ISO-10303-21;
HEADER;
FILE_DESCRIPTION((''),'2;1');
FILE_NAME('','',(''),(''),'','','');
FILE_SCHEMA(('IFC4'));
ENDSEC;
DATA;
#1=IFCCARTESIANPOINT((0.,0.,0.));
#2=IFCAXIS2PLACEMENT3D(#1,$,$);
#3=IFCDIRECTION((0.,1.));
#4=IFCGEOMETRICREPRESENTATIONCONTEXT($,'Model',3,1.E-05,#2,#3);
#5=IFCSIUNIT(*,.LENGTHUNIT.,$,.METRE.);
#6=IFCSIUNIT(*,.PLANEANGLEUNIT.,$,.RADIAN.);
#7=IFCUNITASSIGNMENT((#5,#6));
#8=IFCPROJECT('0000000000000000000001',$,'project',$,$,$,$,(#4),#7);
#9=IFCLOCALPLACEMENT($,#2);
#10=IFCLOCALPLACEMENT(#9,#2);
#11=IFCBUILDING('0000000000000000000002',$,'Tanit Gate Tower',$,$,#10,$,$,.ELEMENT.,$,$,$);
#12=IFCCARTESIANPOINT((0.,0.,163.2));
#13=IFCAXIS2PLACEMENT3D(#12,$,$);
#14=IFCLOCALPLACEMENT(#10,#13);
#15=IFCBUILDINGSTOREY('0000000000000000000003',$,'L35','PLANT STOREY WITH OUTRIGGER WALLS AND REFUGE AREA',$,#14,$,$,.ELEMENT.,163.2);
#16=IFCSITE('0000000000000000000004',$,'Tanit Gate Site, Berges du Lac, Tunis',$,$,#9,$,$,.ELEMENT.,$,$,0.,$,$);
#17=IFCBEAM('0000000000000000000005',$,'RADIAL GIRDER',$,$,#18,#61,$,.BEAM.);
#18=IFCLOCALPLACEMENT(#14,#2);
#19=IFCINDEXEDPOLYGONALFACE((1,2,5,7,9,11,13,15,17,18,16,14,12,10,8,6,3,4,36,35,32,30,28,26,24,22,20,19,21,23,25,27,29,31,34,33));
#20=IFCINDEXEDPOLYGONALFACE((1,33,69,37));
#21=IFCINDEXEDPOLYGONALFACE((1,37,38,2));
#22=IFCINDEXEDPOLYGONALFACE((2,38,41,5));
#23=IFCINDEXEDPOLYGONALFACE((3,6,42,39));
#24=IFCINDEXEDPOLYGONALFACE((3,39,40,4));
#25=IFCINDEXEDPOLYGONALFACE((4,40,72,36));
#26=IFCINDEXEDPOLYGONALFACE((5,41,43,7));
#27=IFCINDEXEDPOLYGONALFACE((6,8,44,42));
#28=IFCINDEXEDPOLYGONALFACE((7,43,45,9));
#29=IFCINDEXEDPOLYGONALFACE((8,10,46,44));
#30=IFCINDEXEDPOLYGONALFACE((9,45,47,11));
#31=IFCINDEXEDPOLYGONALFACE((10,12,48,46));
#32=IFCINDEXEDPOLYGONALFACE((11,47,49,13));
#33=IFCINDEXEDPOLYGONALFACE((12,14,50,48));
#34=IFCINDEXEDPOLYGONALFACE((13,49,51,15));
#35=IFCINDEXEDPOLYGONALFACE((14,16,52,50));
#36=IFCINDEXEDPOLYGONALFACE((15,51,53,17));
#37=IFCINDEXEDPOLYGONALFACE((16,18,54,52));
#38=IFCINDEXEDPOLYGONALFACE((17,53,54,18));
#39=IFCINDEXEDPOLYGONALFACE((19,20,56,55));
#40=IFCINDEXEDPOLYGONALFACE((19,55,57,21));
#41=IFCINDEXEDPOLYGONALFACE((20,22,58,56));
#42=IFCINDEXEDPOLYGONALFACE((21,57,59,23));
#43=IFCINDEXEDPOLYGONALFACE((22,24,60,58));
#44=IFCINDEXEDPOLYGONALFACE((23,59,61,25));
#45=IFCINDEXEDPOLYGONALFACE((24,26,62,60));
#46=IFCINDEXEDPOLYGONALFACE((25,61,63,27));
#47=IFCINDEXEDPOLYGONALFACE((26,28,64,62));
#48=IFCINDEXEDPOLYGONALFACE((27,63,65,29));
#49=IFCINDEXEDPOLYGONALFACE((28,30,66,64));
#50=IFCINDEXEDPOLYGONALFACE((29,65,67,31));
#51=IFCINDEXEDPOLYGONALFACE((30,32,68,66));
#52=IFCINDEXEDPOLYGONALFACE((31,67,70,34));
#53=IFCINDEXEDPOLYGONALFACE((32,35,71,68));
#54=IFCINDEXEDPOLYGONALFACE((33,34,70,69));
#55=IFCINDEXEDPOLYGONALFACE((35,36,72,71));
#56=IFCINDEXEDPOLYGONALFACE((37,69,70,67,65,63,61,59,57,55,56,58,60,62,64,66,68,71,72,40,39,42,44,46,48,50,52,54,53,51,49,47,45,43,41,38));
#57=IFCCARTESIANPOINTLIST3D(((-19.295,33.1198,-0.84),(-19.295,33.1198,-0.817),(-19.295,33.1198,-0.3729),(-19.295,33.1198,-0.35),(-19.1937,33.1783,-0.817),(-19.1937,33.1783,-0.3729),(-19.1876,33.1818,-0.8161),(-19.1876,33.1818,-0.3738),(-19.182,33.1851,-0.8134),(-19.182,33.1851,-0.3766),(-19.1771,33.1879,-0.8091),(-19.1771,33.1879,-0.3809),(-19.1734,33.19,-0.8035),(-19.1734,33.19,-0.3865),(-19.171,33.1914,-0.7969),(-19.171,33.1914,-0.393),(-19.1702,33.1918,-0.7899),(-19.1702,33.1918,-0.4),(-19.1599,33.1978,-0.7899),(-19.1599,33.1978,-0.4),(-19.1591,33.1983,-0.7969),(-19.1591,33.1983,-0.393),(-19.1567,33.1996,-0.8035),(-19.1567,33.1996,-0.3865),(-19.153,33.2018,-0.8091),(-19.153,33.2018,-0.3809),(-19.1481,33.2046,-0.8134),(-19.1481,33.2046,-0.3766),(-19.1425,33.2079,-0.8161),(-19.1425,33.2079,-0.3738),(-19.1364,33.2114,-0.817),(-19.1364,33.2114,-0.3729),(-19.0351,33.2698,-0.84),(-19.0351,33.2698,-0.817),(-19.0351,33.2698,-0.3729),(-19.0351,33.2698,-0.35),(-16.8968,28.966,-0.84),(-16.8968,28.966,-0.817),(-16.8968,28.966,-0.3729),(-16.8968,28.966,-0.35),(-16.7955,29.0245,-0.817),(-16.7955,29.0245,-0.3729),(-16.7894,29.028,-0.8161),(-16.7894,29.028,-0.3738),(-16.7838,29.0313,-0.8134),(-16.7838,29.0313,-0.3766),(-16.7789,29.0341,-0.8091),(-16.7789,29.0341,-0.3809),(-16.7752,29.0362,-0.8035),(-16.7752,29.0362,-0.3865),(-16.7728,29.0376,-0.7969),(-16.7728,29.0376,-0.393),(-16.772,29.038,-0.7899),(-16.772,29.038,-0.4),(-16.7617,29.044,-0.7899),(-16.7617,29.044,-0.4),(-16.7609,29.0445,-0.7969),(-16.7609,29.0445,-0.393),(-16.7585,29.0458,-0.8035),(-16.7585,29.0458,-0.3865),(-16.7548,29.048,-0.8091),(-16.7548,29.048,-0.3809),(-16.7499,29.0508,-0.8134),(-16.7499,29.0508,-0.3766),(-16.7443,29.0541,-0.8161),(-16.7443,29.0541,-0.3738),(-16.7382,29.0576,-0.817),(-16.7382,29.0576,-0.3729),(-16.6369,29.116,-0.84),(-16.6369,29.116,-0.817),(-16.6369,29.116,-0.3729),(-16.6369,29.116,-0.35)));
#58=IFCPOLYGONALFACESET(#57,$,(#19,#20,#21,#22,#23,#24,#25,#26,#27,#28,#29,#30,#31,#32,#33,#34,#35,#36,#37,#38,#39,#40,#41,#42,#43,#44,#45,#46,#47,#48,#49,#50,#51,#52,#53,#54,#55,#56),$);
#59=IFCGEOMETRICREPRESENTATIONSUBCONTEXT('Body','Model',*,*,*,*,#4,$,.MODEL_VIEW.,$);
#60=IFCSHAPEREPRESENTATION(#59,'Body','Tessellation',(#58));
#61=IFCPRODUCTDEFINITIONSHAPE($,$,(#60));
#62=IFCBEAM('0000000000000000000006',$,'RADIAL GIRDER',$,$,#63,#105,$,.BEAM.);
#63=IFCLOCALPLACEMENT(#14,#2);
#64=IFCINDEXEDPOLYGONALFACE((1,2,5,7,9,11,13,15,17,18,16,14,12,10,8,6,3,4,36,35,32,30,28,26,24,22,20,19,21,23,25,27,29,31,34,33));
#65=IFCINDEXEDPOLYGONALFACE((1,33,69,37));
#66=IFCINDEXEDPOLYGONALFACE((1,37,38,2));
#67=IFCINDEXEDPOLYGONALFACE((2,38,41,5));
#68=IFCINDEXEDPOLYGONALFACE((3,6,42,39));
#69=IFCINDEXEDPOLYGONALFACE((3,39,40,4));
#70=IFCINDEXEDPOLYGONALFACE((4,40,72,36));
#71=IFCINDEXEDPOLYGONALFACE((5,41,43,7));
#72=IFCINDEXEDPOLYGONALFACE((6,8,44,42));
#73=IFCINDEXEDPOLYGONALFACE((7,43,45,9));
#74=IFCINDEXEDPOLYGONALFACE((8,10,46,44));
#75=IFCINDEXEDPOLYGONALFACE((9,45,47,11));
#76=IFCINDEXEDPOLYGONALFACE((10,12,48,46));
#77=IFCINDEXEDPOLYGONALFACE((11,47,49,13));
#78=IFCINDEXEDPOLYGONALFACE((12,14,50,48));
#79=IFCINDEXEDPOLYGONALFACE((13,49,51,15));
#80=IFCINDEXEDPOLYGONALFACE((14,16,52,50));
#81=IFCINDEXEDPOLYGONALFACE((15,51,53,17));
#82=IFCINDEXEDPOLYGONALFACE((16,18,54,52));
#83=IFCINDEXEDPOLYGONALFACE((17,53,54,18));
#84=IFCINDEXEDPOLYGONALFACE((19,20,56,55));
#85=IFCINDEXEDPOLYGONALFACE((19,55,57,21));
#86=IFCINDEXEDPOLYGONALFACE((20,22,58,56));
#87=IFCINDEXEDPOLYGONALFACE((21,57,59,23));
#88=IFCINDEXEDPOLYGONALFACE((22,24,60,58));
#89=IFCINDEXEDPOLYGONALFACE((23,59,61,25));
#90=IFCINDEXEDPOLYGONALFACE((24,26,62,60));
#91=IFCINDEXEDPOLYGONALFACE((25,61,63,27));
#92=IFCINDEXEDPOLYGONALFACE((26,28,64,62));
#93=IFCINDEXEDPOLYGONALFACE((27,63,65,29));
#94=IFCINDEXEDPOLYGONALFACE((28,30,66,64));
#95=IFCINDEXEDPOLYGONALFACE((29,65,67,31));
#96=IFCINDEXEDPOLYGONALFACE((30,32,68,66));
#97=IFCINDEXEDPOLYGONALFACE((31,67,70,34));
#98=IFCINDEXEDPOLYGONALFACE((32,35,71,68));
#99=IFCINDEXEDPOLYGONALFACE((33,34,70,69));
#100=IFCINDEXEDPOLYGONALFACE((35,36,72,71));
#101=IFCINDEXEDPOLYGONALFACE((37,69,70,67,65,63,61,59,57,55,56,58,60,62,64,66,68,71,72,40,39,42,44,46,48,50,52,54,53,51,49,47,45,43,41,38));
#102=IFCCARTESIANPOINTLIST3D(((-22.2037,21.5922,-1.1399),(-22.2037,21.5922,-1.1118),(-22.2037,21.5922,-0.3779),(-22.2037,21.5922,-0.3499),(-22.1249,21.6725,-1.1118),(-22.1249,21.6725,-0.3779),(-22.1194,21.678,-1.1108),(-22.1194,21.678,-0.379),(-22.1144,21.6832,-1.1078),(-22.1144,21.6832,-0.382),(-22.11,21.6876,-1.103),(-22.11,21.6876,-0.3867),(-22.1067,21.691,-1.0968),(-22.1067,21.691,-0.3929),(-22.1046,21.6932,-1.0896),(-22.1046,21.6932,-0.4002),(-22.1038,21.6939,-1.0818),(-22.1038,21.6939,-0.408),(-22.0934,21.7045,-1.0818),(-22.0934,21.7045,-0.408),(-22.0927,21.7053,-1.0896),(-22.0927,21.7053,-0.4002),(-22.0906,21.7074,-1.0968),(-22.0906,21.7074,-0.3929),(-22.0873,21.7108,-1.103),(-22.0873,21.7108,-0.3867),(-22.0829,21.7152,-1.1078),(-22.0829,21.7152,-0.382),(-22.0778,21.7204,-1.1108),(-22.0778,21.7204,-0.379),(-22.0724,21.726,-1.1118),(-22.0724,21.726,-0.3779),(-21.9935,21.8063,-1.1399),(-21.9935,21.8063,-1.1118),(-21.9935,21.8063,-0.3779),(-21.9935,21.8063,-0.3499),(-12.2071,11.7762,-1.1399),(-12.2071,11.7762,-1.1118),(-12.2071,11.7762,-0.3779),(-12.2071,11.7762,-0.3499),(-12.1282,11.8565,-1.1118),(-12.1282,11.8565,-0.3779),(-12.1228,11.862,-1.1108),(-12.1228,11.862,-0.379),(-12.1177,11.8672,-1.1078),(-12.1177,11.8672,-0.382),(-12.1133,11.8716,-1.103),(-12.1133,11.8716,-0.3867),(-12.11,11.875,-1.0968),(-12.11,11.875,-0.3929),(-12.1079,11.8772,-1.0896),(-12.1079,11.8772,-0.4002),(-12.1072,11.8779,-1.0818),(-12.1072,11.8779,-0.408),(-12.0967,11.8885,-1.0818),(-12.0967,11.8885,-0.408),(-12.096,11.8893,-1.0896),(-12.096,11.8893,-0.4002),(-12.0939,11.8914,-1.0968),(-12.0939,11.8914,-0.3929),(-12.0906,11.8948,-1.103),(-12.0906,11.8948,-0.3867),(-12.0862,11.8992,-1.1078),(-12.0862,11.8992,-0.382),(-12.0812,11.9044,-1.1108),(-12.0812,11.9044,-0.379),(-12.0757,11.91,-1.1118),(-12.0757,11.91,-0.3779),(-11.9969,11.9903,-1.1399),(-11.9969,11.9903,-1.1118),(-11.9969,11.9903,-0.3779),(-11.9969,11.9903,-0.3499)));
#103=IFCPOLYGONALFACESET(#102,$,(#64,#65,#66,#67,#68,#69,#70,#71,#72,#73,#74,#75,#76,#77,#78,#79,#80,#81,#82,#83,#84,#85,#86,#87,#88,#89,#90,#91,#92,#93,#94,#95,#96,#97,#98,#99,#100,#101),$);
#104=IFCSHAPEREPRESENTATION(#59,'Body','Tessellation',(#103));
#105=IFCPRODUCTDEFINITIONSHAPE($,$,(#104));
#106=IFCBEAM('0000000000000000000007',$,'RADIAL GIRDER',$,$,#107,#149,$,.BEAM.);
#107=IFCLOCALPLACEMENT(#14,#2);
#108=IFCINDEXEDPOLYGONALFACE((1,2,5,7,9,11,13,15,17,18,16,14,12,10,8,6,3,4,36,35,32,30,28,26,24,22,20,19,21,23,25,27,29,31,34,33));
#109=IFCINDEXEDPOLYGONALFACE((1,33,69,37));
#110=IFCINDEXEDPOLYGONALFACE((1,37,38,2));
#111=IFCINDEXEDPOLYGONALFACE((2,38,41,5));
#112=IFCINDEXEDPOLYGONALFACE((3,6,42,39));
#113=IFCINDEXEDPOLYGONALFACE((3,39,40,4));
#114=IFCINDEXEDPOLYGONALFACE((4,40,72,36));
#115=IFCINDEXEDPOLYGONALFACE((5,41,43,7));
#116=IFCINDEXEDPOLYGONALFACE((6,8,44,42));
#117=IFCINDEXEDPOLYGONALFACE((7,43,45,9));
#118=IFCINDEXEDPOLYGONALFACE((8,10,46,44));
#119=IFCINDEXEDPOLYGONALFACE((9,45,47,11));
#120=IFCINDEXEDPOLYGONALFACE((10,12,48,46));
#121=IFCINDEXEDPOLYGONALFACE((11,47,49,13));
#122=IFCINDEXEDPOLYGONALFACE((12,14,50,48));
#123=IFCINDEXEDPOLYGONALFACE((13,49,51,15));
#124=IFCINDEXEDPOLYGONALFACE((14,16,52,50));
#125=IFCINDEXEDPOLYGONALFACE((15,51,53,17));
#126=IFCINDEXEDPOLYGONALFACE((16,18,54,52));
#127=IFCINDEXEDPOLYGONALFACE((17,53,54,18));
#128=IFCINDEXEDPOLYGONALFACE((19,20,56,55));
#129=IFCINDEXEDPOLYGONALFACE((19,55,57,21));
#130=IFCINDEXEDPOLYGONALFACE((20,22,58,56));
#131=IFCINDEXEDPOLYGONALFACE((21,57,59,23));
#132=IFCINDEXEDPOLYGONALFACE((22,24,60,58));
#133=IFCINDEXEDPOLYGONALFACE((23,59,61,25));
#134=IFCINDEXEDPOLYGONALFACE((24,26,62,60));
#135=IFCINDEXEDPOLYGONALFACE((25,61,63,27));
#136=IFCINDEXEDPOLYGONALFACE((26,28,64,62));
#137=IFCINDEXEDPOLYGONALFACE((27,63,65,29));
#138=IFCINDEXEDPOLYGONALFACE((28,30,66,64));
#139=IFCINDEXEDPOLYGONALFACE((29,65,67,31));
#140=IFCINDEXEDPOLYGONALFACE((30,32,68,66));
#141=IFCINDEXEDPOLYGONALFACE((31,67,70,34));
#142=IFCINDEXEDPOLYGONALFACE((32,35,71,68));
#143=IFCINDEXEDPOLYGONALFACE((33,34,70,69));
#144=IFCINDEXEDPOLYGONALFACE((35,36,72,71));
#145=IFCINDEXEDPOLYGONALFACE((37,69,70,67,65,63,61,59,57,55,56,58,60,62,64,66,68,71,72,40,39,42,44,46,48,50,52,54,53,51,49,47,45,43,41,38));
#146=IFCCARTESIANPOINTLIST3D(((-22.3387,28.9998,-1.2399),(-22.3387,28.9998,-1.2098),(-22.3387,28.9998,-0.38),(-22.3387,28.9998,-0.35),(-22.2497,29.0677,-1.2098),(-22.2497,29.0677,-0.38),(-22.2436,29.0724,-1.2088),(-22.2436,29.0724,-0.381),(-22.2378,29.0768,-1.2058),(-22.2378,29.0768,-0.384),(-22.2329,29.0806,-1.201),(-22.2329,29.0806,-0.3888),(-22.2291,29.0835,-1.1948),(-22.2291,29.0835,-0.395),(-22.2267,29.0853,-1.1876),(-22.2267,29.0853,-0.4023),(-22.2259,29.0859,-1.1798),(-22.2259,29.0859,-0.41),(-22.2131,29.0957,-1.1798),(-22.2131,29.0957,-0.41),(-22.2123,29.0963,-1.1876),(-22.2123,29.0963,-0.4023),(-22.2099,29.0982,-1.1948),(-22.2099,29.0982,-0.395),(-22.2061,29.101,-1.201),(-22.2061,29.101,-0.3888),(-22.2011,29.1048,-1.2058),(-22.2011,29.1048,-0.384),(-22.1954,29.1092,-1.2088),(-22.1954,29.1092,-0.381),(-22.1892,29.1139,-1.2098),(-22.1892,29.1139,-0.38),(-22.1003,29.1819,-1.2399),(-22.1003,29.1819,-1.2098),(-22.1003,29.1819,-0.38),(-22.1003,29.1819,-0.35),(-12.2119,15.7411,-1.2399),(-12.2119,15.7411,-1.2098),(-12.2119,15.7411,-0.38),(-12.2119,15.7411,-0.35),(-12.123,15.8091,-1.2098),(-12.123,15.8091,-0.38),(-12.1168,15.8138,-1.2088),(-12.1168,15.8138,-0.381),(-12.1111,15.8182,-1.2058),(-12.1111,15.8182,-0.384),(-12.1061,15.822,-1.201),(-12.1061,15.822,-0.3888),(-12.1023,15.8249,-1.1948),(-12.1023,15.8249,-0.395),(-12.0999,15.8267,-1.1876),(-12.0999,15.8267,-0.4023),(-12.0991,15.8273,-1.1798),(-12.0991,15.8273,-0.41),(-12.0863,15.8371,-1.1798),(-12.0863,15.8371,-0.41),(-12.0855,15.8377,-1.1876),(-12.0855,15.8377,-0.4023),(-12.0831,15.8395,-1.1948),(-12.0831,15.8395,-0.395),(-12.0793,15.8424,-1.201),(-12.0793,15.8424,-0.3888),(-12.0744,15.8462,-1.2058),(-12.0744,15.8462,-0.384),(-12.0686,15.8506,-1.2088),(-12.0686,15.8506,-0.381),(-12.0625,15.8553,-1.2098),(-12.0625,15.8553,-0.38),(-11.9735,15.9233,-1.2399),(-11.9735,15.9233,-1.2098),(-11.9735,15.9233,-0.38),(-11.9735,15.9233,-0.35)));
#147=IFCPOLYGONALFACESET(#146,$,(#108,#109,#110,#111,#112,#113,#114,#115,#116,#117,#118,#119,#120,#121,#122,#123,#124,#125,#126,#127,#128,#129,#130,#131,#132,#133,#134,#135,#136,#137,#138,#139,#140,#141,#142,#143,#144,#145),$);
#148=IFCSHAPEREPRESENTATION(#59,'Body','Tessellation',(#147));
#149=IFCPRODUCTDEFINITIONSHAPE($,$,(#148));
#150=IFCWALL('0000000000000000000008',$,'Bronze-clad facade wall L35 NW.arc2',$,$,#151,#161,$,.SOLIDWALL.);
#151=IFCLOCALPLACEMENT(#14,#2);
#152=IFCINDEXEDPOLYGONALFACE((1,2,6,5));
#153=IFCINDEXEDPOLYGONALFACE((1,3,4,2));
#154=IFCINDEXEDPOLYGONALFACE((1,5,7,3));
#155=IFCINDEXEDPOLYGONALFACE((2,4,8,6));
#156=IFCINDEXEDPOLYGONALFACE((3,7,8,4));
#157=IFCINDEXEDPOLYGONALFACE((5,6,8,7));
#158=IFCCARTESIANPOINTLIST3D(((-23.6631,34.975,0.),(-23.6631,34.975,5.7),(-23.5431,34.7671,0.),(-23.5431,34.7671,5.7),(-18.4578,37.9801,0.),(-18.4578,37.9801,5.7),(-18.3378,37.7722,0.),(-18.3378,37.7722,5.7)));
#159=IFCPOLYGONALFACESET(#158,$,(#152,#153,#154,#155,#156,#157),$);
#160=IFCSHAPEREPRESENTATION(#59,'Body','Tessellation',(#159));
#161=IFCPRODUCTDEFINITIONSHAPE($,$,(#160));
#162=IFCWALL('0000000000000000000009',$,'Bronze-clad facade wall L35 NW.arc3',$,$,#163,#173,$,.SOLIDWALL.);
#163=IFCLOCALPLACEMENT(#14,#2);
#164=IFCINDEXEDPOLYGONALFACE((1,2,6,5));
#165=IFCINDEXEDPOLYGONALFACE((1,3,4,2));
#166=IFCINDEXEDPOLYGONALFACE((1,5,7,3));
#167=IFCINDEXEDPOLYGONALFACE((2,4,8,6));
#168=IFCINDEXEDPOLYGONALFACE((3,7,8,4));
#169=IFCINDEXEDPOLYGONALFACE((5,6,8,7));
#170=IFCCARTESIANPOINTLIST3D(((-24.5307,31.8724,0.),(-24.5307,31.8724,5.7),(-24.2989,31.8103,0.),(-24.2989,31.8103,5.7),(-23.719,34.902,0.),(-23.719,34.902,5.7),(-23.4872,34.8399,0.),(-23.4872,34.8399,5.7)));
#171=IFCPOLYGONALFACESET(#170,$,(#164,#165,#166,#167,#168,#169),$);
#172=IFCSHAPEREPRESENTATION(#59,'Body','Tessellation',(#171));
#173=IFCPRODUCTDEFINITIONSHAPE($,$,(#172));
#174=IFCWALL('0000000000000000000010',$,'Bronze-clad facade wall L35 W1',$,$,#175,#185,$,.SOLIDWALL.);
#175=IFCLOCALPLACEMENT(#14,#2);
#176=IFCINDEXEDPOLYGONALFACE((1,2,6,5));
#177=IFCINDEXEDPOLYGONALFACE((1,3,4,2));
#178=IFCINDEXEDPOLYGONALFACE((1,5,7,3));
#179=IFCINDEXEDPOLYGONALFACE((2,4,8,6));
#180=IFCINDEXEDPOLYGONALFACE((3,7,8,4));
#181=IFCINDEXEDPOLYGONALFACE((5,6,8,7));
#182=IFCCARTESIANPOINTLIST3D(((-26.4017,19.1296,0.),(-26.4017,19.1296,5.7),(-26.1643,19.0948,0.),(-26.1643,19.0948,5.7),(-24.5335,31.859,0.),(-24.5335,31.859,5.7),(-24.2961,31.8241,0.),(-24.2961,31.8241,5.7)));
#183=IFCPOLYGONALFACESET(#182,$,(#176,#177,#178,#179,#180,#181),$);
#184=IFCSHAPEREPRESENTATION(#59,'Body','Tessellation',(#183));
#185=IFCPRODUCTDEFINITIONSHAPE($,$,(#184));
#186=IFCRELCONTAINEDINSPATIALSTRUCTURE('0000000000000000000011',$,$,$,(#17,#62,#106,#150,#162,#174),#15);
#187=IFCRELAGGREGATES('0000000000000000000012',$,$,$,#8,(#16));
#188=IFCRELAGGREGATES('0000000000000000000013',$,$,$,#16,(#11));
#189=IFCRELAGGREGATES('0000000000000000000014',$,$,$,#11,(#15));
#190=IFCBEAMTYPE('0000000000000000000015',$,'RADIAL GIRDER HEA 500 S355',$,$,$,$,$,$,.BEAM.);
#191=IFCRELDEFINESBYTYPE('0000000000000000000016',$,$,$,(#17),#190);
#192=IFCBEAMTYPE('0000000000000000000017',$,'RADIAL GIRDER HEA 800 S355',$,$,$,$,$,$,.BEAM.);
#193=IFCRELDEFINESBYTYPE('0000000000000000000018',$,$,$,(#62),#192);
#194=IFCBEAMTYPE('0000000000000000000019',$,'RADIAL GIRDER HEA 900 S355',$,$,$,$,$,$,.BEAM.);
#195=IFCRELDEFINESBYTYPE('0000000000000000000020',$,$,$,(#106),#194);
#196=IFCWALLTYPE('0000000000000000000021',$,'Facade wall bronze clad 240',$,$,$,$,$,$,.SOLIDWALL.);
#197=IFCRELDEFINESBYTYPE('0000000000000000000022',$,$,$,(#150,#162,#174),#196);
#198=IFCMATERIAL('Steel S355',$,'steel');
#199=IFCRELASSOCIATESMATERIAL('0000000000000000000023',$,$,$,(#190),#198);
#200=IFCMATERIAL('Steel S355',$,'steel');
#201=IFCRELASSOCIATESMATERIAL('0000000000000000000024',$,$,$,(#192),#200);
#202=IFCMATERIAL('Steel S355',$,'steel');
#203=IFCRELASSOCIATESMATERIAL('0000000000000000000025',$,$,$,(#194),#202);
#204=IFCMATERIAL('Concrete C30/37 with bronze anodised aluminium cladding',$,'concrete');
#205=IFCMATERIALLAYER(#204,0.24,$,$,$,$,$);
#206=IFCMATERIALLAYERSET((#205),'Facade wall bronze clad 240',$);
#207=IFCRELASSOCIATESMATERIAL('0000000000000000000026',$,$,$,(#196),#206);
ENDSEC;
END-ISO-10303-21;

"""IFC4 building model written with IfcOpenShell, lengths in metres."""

from ifc_helpers import new_model, si_unit, direction, frame, frame_2d, origin, origin_2d, place, context, subcontext, project, spatial, rectangle, i_section, extrude, material, layer, layer_set, material_profile, profile_set, type_object, element, save


model = new_model("IFC4")

# Units and contexts
model_context = context("Model", 3, precision=1e-05, world=origin(), true_north=direction((0.0, 1.0)))
body_context = subcontext(model_context, "Body", "Model", "MODEL_VIEW")
ifc_project = project(units=[si_unit("LENGTHUNIT", "METRE"), si_unit("PLANEANGLEUNIT", "RADIAN")], contexts=[model_context])

# Site, building, storey
site_placement = place(None, origin())
site = spatial("IfcSite", under=ifc_project, at=site_placement, Name="Tanit Gate Site, Berges du Lac, Tunis", CompositionType="ELEMENT", RefElevation=0.0)
building_placement = place(site_placement, origin())
building = spatial("IfcBuilding", under=site, at=building_placement, Name="Tanit Gate Tower", CompositionType="ELEMENT")
storey_placement = place(building_placement, frame((0.0, 0.0, 163.2)))
storey = spatial("IfcBuildingStorey", under=building, at=storey_placement, Name="L35", Description="PLANT STOREY WITH OUTRIGGER WALLS AND REFUGE AREA", CompositionType="ELEMENT", Elevation=163.2)

# Beams
ifc_material_1 = material(Name="Steel S355", Category="steel")
ifc_material_profile_1 = material_profile(ifc_material_1, i_section(OverallWidth=0.3, OverallDepth=0.49, WebThickness=0.012, FlangeThickness=0.0229, FilletRadius=0.0271, at=origin_2d()), Name="HEA 500")
ifc_profile_set_1 = profile_set([ifc_material_profile_1], Name="Steel S355")
beam_type_1 = type_object("IfcBeamType", Name="RADIAL GIRDER HEA 500 S355", PredefinedType="BEAM", material=ifc_profile_set_1)
beam_1_placement = place(storey_placement, frame((-19.165, 33.1948, -0.595), z_axis=(0.499999, -0.866026, 0.0), x_axis=(0.866026, 0.499999, 0.0)))
element("IfcBeam", 1, at=beam_1_placement, inside=storey, type_object=beam_type_1, Name="RADIAL GIRDER", PredefinedType="BEAM", context=body_context, shape_type="SweptSolid", body=[
    extrude(i_section(OverallWidth=0.3, OverallDepth=0.49, WebThickness=0.012, FlangeThickness=0.0229, FilletRadius=0.0271, at=origin_2d()), origin(), (0.0, 0.0, 1.0), 4.7964),
])
ifc_material_2 = material(Name="Steel S355", Category="steel")
ifc_material_profile_2 = material_profile(ifc_material_2, i_section(OverallWidth=0.3, OverallDepth=0.79, WebThickness=0.0149, FlangeThickness=0.0281, FilletRadius=0.03, at=origin_2d()), Name="HEA 800")
ifc_profile_set_2 = profile_set([ifc_material_profile_2], Name="Steel S355")
beam_type_2 = type_object("IfcBeamType", Name="RADIAL GIRDER HEA 800 S355", PredefinedType="BEAM", material=ifc_profile_set_2)
beam_2_placement = place(storey_placement, frame((-22.0986, 21.6992, -0.7449), z_axis=(0.713525, -0.70063, 0.0), x_axis=(0.70063, 0.713525, 0.0)))
element("IfcBeam", 2, at=beam_2_placement, inside=storey, type_object=beam_type_2, Name="RADIAL GIRDER", PredefinedType="BEAM", context=body_context, shape_type="SweptSolid", body=[
    extrude(i_section(OverallWidth=0.3, OverallDepth=0.79, WebThickness=0.0149, FlangeThickness=0.0281, FilletRadius=0.03, at=origin_2d()), origin(), (0.0, 0.0, 1.0), 14.0103),
])
ifc_material_3 = material(Name="Steel S355", Category="steel")
ifc_material_profile_3 = material_profile(ifc_material_3, i_section(OverallWidth=0.3, OverallDepth=0.8899, WebThickness=0.0161, FlangeThickness=0.03, FilletRadius=0.03, at=origin_2d()), Name="HEA 900")
ifc_profile_set_3 = profile_set([ifc_material_profile_3], Name="Steel S355")
beam_type_3 = type_object("IfcBeamType", Name="RADIAL GIRDER HEA 900 S355", PredefinedType="BEAM", material=ifc_profile_set_3)
beam_3_placement = place(storey_placement, frame((-22.2195, 29.0908, -0.7949), z_axis=(0.606989, -0.79471, 0.0), x_axis=(0.79471, 0.606989, 0.0)))
element("IfcBeam", 3, at=beam_3_placement, inside=storey, type_object=beam_type_3, Name="RADIAL GIRDER", PredefinedType="BEAM", context=body_context, shape_type="SweptSolid", body=[
    extrude(i_section(OverallWidth=0.3, OverallDepth=0.8899, WebThickness=0.0161, FlangeThickness=0.03, FilletRadius=0.03, at=origin_2d()), origin(), (0.0, 0.0, 1.0), 16.6836),
])

# Walls
ifc_material_4 = material(Name="Concrete C30/37 with bronze anodised aluminium cladding", Category="concrete")
ifc_layer_1 = layer(ifc_material_4, 0.24)
ifc_layer_set_1 = layer_set([ifc_layer_1], Name="Facade wall bronze clad 240")
wall_type_1 = type_object("IfcWallType", Name="Facade wall bronze clad 240", PredefinedType="SOLIDWALL", material=ifc_layer_set_1)
wall_1_placement = place(storey_placement, frame((-18.3977, 37.8762, 0.0), z_axis=(0.0, 0.0, 1.0), x_axis=(-0.866037, -0.499979, 0.0)))
element("IfcWall", 4, at=wall_1_placement, inside=storey, type_object=wall_type_1, Name="Bronze-clad facade wall L35 NW.arc2", PredefinedType="SOLIDWALL", context=body_context, shape_type="SweptSolid", body=[
    extrude(rectangle(XDim=6.0105, YDim=0.24, at=frame_2d((3.0054, 0.0))), origin(), (0.0, 0.0, 1.0), 5.7),
])
wall_2_placement = place(storey_placement, frame((-23.603, 34.8711, 0.0), z_axis=(0.0, 0.0, 1.0), x_axis=(-0.25882, -0.965925, 0.0)))
element("IfcWall", 5, at=wall_2_placement, inside=storey, type_object=wall_type_1, Name="Bronze-clad facade wall L35 NW.arc3", PredefinedType="SOLIDWALL", context=body_context, shape_type="SweptSolid", body=[
    extrude(rectangle(XDim=3.1365, YDim=0.24, at=frame_2d((1.5684, 0.0))), origin(), (0.0, 0.0, 1.0), 5.7),
])
wall_3_placement = place(storey_placement, frame((-24.4148, 31.8416, 0.0), z_axis=(0.0, 0.0, 1.0), x_axis=(-0.145206, -0.989401, 0.0)))
element("IfcWall", 6, at=wall_3_placement, inside=storey, type_object=wall_type_1, Name="Bronze-clad facade wall L35 W1", PredefinedType="SOLIDWALL", context=body_context, shape_type="SweptSolid", body=[
    extrude(rectangle(XDim=12.8657, YDim=0.24, at=frame_2d((6.4329, 0.0))), origin(), (0.0, 0.0, 1.0), 5.7),
])

save(model, "model.ifc")
